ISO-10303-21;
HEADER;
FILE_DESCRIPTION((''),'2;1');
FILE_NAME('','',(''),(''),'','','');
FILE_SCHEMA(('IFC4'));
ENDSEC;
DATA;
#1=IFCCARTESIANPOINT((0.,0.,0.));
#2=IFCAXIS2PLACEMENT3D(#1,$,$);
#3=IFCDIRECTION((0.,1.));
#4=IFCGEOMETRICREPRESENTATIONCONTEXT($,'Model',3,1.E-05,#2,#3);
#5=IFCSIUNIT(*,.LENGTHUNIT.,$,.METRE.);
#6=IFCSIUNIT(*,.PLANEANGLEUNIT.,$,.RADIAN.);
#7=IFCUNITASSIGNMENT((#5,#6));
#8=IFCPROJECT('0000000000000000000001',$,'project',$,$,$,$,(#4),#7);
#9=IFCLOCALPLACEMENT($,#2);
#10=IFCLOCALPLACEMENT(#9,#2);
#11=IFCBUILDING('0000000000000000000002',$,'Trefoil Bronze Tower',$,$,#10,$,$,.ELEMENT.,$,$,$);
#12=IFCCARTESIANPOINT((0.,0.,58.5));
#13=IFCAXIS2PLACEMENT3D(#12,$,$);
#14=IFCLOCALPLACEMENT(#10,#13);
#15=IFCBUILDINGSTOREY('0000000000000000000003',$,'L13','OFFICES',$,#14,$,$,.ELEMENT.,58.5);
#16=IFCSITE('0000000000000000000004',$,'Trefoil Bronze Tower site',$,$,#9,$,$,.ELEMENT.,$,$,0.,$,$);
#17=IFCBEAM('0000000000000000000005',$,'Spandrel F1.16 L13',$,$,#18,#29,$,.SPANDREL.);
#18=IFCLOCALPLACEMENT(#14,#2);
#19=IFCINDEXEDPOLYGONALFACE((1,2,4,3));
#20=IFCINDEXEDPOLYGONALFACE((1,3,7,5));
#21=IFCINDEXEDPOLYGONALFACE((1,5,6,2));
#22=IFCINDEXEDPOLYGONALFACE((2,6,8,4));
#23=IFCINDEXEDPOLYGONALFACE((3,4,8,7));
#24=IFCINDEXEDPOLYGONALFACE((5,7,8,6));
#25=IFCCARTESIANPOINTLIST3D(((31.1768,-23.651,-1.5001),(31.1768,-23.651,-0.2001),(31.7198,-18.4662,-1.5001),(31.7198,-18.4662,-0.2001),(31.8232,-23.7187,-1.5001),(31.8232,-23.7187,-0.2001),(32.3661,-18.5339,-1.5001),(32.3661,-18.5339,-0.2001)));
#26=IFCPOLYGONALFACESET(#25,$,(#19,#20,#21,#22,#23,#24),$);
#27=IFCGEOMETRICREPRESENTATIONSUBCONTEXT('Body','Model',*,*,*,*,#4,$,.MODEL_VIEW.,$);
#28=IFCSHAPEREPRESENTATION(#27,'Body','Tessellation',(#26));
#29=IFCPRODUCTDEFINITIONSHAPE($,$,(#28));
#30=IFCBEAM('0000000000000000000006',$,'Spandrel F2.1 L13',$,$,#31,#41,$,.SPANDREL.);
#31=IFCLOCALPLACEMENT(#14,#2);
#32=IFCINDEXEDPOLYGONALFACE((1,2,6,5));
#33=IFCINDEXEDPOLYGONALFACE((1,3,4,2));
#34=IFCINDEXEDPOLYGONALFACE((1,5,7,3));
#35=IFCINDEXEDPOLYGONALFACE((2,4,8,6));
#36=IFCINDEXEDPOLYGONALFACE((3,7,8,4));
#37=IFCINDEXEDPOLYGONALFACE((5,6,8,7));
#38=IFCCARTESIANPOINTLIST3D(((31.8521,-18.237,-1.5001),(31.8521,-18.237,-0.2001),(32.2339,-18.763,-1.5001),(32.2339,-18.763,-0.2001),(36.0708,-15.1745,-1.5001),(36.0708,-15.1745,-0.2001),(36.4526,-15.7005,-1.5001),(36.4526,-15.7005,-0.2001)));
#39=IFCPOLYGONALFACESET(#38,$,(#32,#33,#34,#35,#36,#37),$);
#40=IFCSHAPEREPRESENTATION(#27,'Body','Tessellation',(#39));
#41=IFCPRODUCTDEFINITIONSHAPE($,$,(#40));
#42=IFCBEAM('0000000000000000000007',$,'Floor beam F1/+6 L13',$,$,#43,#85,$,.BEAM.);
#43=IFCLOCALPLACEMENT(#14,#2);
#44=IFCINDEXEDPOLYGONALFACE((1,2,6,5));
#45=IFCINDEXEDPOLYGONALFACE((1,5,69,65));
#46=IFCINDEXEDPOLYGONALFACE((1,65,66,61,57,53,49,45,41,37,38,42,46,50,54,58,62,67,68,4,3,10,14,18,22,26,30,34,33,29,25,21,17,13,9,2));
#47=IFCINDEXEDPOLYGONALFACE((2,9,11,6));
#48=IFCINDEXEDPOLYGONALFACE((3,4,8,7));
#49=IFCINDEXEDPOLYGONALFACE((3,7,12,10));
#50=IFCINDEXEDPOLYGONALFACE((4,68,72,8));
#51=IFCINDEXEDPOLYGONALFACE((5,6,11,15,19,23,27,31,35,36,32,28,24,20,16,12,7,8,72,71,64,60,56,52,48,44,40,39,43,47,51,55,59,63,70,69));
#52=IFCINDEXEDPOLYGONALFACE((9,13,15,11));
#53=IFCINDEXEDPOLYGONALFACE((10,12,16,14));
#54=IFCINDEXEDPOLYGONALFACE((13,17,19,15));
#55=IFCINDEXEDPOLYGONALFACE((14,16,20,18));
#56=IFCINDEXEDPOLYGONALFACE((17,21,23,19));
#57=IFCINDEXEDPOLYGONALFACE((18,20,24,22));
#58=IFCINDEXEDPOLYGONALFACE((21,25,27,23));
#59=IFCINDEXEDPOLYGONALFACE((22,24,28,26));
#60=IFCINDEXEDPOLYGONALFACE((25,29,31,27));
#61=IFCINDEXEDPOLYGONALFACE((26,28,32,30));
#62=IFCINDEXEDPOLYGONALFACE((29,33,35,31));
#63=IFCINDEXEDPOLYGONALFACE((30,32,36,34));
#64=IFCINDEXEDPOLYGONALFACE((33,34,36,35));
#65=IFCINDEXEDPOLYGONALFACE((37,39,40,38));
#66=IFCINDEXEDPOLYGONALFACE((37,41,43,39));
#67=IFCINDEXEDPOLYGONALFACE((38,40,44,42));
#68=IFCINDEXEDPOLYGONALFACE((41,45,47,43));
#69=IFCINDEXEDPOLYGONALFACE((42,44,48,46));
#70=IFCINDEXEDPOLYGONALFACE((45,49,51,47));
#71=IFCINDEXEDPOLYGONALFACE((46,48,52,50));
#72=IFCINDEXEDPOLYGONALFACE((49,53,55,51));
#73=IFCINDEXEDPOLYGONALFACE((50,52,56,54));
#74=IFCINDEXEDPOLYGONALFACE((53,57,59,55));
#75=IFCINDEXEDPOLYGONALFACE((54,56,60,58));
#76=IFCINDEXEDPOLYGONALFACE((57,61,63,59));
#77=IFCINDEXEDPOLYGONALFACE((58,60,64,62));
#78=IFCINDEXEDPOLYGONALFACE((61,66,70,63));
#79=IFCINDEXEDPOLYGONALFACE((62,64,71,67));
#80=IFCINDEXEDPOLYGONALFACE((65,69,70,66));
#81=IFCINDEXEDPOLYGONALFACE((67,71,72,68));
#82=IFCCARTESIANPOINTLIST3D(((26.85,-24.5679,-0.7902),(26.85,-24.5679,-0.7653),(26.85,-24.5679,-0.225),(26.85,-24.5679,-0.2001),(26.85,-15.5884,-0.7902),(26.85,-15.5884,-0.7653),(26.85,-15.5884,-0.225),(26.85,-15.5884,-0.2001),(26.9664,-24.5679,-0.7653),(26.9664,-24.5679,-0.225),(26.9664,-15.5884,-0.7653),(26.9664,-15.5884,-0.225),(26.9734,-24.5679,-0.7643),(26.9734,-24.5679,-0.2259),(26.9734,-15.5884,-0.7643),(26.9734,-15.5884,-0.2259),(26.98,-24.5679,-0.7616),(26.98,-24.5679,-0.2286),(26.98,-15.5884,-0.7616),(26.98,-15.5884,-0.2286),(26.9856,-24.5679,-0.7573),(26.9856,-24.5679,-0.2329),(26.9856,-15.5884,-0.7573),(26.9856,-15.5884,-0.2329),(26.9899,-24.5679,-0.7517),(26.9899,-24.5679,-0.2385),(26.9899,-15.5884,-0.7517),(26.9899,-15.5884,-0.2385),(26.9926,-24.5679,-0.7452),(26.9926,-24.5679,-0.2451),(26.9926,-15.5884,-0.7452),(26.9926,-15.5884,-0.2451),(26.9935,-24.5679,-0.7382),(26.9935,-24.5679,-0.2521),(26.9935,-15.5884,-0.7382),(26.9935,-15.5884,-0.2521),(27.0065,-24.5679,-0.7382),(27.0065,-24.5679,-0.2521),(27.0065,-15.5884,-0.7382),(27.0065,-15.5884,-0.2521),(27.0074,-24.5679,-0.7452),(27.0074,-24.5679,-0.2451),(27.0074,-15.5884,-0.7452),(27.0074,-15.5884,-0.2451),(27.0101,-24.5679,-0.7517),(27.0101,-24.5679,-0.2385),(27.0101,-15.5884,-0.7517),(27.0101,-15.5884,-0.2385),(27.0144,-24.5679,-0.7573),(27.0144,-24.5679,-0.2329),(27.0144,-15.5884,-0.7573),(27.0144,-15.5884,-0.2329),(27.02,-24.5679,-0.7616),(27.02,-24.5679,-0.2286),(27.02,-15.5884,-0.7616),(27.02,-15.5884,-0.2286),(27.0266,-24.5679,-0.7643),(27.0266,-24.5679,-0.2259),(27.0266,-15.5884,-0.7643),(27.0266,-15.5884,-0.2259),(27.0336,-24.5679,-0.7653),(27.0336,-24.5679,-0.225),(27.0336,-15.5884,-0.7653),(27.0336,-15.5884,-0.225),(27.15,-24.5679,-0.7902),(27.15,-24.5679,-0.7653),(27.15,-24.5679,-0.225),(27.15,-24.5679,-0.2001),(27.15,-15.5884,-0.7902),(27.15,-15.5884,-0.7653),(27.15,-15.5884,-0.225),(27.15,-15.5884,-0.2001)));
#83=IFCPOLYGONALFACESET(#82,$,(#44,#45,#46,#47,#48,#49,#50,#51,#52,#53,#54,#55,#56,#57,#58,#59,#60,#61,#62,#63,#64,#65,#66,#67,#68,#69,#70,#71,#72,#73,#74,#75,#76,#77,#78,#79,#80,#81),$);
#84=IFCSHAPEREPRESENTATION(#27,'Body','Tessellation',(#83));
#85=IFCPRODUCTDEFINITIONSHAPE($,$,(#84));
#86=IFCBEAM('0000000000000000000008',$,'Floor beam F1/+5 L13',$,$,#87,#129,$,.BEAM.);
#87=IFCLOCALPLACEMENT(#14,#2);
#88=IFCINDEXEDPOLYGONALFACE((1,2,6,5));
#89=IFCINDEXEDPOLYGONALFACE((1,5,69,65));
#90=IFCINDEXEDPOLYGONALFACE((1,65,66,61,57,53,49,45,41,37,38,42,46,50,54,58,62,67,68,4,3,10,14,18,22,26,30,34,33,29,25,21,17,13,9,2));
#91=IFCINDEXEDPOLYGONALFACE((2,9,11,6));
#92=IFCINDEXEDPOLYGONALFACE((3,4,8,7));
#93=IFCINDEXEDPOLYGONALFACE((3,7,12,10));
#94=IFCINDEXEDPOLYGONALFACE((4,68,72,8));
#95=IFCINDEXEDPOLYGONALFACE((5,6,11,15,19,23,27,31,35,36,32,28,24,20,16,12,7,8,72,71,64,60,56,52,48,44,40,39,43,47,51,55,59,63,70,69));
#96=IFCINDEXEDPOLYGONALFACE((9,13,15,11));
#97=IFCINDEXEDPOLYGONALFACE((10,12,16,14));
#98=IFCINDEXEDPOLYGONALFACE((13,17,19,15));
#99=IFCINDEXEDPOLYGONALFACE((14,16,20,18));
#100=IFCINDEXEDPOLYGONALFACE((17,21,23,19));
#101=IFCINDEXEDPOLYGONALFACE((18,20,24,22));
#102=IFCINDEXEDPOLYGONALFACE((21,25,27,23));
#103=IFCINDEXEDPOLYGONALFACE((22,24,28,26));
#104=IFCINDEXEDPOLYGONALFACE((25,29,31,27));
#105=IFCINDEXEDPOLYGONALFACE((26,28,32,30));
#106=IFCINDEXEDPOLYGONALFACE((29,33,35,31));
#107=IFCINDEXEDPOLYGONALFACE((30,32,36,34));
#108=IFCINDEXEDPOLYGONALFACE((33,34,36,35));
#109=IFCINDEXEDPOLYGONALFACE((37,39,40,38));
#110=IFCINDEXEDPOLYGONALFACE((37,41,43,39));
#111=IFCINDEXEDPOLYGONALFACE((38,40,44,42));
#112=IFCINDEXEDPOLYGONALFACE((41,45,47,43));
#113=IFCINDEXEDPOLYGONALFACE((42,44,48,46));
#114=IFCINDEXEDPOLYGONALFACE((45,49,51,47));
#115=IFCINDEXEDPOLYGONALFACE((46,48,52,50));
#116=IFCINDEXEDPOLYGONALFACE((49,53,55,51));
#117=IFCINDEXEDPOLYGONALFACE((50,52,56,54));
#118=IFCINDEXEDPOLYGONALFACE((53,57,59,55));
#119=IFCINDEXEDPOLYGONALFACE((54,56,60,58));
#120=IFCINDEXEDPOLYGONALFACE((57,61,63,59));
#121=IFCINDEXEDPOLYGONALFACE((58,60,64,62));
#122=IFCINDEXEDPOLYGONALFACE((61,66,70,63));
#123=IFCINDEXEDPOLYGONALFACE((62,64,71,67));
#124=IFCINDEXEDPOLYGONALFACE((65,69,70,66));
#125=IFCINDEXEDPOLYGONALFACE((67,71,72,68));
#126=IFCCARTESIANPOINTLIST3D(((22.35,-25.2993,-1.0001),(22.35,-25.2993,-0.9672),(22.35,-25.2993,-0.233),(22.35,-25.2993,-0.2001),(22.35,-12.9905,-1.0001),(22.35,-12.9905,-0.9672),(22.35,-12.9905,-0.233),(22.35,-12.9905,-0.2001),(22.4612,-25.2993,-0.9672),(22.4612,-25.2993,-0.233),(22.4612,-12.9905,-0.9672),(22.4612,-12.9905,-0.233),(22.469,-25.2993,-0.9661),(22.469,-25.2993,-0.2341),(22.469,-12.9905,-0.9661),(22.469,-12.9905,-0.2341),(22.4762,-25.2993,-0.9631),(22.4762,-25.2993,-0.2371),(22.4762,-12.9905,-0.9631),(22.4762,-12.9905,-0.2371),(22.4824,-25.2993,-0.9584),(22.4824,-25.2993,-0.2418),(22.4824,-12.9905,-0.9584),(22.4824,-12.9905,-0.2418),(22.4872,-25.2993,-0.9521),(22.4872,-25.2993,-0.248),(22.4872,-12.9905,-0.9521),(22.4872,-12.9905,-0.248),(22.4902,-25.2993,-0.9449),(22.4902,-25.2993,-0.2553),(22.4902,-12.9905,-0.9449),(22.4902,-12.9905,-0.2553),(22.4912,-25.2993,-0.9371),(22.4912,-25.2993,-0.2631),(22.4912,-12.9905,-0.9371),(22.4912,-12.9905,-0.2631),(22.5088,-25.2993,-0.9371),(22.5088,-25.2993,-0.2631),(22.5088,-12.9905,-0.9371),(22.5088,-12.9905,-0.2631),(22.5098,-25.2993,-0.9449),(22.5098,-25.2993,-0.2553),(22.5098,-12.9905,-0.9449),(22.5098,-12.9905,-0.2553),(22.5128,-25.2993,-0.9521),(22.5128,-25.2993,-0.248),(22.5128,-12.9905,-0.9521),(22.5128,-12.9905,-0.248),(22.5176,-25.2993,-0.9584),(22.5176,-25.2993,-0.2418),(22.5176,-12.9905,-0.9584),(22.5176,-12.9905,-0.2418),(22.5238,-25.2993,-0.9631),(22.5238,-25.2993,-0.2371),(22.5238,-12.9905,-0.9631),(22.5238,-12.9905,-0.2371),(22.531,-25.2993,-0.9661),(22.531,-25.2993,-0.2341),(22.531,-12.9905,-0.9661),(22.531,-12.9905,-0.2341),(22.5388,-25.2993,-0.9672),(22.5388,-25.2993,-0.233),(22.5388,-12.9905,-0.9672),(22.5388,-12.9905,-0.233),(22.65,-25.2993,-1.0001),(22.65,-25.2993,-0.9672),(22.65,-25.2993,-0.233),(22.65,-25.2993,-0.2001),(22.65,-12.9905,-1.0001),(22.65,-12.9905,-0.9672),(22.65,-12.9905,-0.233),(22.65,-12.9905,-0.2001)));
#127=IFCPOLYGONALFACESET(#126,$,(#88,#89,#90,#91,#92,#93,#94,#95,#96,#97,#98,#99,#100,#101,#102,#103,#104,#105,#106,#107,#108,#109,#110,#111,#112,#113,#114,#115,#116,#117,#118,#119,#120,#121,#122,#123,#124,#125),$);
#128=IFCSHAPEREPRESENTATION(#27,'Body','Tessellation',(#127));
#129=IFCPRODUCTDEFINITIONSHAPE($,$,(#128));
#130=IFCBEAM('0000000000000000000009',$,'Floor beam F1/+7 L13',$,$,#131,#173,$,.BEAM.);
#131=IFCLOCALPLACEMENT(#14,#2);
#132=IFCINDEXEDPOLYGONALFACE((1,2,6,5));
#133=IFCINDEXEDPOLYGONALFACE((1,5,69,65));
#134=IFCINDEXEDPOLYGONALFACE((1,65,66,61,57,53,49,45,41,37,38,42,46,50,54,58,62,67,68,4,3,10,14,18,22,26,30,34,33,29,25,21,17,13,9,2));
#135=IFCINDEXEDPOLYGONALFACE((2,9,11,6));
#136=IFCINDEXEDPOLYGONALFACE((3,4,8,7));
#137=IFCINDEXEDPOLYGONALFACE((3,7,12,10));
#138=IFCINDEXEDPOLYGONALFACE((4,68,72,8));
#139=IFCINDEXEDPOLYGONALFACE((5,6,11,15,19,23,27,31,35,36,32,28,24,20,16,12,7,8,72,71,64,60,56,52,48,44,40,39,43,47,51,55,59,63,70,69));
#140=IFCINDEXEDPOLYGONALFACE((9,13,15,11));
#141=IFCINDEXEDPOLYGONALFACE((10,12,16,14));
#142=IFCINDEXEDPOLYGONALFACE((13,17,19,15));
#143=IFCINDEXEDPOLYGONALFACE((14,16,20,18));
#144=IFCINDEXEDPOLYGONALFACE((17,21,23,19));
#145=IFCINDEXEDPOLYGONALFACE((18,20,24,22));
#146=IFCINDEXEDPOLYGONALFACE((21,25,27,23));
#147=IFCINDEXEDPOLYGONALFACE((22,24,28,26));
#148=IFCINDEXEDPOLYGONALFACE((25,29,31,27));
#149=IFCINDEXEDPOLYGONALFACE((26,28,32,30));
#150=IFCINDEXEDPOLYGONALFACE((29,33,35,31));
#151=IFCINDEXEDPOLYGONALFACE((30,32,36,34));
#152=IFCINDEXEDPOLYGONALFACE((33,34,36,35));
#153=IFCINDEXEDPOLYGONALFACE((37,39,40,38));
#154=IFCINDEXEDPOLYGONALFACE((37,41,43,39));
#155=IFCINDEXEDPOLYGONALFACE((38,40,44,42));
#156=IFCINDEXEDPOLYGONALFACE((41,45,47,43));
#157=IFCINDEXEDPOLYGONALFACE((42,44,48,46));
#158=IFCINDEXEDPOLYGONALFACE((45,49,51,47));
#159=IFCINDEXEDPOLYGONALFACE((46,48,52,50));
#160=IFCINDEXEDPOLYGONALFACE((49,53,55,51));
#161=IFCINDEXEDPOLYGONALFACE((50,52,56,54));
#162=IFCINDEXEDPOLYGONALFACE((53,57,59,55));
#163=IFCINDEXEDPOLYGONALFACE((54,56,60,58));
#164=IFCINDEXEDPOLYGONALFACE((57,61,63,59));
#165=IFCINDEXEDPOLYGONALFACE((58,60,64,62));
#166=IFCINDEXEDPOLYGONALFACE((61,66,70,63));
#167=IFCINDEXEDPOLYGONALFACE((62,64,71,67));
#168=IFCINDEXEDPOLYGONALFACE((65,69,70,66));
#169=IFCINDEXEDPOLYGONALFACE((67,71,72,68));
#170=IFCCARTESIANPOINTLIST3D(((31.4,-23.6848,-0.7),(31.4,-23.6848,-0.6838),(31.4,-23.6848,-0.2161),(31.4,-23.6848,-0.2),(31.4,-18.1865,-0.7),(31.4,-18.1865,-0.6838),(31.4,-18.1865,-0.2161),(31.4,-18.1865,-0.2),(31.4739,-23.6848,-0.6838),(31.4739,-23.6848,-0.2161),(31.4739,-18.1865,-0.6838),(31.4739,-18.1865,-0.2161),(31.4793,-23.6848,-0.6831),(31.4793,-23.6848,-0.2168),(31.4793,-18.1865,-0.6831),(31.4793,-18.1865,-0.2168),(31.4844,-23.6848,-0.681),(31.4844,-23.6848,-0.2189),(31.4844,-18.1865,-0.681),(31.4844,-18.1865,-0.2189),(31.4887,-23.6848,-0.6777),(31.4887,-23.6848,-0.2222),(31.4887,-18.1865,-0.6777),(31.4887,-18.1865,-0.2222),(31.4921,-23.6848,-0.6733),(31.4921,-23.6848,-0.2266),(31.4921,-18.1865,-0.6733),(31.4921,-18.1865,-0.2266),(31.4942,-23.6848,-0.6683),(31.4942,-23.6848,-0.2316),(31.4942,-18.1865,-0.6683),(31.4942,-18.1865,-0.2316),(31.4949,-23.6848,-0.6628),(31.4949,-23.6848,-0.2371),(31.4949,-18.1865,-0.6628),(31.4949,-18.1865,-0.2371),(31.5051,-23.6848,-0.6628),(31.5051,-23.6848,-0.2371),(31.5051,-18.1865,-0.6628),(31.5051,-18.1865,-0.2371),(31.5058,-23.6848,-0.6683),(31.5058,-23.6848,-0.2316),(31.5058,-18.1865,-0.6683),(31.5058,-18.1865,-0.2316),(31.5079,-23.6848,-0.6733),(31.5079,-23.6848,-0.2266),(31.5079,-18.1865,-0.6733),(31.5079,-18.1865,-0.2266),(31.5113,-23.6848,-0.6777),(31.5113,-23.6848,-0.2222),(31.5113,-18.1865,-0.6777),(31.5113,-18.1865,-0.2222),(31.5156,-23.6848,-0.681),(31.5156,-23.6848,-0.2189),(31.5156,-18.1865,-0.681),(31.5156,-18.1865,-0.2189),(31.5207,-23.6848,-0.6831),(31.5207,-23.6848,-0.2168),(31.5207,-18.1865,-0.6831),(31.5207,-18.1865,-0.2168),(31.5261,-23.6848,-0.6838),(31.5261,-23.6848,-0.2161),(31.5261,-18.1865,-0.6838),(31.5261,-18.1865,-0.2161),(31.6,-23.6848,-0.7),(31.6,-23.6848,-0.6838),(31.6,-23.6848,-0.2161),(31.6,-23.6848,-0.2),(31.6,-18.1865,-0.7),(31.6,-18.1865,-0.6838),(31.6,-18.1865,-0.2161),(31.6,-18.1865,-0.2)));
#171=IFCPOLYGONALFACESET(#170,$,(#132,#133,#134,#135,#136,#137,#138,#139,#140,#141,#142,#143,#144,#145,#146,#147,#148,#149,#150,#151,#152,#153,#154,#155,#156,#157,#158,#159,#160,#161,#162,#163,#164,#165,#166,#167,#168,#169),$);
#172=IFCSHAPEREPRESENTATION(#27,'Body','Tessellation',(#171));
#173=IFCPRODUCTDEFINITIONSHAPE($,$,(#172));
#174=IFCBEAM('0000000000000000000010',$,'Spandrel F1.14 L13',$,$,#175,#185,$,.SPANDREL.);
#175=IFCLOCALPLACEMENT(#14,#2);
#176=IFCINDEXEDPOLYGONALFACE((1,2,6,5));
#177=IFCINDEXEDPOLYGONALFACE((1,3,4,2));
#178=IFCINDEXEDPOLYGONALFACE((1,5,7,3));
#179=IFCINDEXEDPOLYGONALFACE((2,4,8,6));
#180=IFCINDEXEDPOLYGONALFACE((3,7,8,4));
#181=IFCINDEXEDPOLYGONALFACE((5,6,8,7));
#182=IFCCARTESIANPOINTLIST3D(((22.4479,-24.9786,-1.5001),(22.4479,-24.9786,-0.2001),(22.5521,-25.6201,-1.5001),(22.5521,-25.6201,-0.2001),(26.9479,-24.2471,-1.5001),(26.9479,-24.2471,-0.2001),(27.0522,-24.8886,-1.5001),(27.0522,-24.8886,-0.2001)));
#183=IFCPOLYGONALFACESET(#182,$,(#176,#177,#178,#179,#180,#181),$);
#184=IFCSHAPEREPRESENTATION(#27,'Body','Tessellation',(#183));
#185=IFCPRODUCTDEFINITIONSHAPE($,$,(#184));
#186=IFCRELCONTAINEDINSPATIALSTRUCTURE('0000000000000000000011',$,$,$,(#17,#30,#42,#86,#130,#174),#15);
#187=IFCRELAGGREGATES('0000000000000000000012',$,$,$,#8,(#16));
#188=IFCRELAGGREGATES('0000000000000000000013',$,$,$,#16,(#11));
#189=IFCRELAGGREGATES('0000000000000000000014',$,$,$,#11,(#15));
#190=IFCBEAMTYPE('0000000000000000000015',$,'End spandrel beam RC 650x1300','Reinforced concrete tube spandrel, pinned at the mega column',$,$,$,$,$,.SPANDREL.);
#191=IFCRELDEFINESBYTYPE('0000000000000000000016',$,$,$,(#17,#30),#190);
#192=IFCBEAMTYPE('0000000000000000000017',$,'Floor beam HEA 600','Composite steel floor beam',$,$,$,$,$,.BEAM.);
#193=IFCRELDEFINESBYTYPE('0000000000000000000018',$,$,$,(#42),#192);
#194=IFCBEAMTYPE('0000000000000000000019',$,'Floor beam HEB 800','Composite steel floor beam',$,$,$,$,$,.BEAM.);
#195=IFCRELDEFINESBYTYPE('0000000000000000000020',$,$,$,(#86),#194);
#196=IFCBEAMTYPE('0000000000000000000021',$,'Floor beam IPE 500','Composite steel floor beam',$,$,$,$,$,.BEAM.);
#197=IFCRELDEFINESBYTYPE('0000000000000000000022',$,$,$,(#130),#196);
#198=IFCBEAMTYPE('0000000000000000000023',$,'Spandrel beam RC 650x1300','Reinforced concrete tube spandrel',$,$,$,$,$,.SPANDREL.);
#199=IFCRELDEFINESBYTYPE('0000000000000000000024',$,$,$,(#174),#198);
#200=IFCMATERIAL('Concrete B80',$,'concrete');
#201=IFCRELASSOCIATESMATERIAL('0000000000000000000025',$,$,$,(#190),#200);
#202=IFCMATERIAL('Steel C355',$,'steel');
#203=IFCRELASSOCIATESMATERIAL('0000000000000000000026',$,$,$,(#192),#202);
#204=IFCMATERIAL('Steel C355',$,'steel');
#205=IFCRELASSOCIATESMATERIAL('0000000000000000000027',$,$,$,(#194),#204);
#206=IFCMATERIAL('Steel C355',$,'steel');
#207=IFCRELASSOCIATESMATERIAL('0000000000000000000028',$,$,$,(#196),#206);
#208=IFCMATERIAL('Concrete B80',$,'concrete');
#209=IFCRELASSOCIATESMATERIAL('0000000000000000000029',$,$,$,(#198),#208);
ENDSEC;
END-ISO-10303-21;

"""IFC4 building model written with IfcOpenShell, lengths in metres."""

from ifc_helpers import new_model, si_unit, direction, frame, origin, origin_2d, place, context, subcontext, project, spatial, rectangle, i_section, extrude, material, material_profile, profile_set, type_object, element, save


model = new_model("IFC4")

# Units and contexts
model_context = context("Model", 3, precision=1e-05, world=origin(), true_north=direction((0.0, 1.0)))
body_context = subcontext(model_context, "Body", "Model", "MODEL_VIEW")
ifc_project = project(units=[si_unit("LENGTHUNIT", "METRE"), si_unit("PLANEANGLEUNIT", "RADIAN")], contexts=[model_context])

# Site, building, storey
site_placement = place(None, origin())
site = spatial("IfcSite", under=ifc_project, at=site_placement, Name="Trefoil Bronze Tower site", CompositionType="ELEMENT", RefElevation=0.0)
building_placement = place(site_placement, origin())
building = spatial("IfcBuilding", under=site, at=building_placement, Name="Trefoil Bronze Tower", CompositionType="ELEMENT")
storey_placement = place(building_placement, frame((0.0, 0.0, 58.5)))
storey = spatial("IfcBuildingStorey", under=building, at=storey_placement, Name="L13", Description="OFFICES", CompositionType="ELEMENT", Elevation=58.5)

# Beams
ifc_material_1 = material(Name="Concrete B80", Category="concrete")
ifc_material_profile_1 = material_profile(ifc_material_1, rectangle(XDim=0.6499, YDim=1.3, at=origin_2d()), Name="RC 650x1300")
ifc_profile_set_1 = profile_set([ifc_material_profile_1], Name="Concrete B80")
beam_type_1 = type_object("IfcBeamType", Name="End spandrel beam RC 650x1300", Description="Reinforced concrete tube spandrel, pinned at the mega column", PredefinedType="SPANDREL", material=ifc_profile_set_1)
for number, where, z_axis, x_axis, name in (
    (1, (31.5, -23.6848, -0.8501), (0.104153, 0.994561, 0.0), (-0.994561, 0.104153, 0.0), "Spandrel F1.16 L13"),
    (2, (32.043, -18.5, -0.8501), (0.809254, 0.587459, 0.0), (-0.587459, 0.809254, 0.0), "Spandrel F2.1 L13"),
):
    element("IfcBeam", number, at=place(storey_placement, frame(where, z_axis=z_axis, x_axis=x_axis)), inside=storey, type_object=beam_type_1, Name=name, PredefinedType="SPANDREL", context=body_context, shape_type="SweptSolid", body=[
        extrude(rectangle(XDim=0.6499, YDim=1.3, at=origin_2d()), origin(), (0.0, 0.0, 1.0), 5.2131),
    ])
ifc_material_2 = material(Name="Steel C355", Category="steel")
ifc_material_profile_2 = material_profile(ifc_material_2, i_section(OverallWidth=0.3, OverallDepth=0.5901, WebThickness=0.0129, FlangeThickness=0.0249, FilletRadius=0.0271, at=origin_2d()), Name="HEA 600")
ifc_profile_set_2 = profile_set([ifc_material_profile_2], Name="Steel C355")
beam_type_2 = type_object("IfcBeamType", Name="Floor beam HEA 600", Description="Composite steel floor beam", PredefinedType="BEAM", material=ifc_profile_set_2)
beam_1_placement = place(storey_placement, frame((27.0, -24.5679, -0.4951), z_axis=(0.0, 1.0, 0.0), x_axis=(-1.0, 0.0, 0.0)))
element("IfcBeam", 3, at=beam_1_placement, inside=storey, type_object=beam_type_2, Name="Floor beam F1/+6 L13", PredefinedType="BEAM", context=body_context, shape_type="SweptSolid", body=[
    extrude(i_section(OverallWidth=0.3, OverallDepth=0.5901, WebThickness=0.0129, FlangeThickness=0.0249, FilletRadius=0.0271, at=origin_2d()), origin(), (0.0, 0.0, 1.0), 8.9795),
])
ifc_material_3 = material(Name="Steel C355", Category="steel")
ifc_material_profile_3 = material_profile(ifc_material_3, i_section(OverallWidth=0.3, OverallDepth=0.8, WebThickness=0.0176, FlangeThickness=0.033, FilletRadius=0.03, at=origin_2d()), Name="HEB 800")
ifc_profile_set_3 = profile_set([ifc_material_profile_3], Name="Steel C355")
beam_type_3 = type_object("IfcBeamType", Name="Floor beam HEB 800", Description="Composite steel floor beam", PredefinedType="BEAM", material=ifc_profile_set_3)
beam_2_placement = place(storey_placement, frame((22.5, -25.2993, -0.6001), z_axis=(0.0, 1.0, 0.0), x_axis=(-1.0, 0.0, 0.0)))
element("IfcBeam", 4, at=beam_2_placement, inside=storey, type_object=beam_type_3, Name="Floor beam F1/+5 L13", PredefinedType="BEAM", context=body_context, shape_type="SweptSolid", body=[
    extrude(i_section(OverallWidth=0.3, OverallDepth=0.8, WebThickness=0.0176, FlangeThickness=0.033, FilletRadius=0.03, at=origin_2d()), origin(), (0.0, 0.0, 1.0), 12.3088),
])
ifc_material_4 = material(Name="Steel C355", Category="steel")
ifc_material_profile_4 = material_profile(ifc_material_4, i_section(OverallWidth=0.2, OverallDepth=0.5, WebThickness=0.0103, FlangeThickness=0.0161, FilletRadius=0.021, at=origin_2d()), Name="IPE 500")
ifc_profile_set_4 = profile_set([ifc_material_profile_4], Name="Steel C355")
beam_type_4 = type_object("IfcBeamType", Name="Floor beam IPE 500", Description="Composite steel floor beam", PredefinedType="BEAM", material=ifc_profile_set_4)
beam_3_placement = place(storey_placement, frame((31.5, -23.6848, -0.45), z_axis=(0.0, 1.0, 0.0), x_axis=(-1.0, 0.0, 0.0)))
element("IfcBeam", 5, at=beam_3_placement, inside=storey, type_object=beam_type_4, Name="Floor beam F1/+7 L13", PredefinedType="BEAM", context=body_context, shape_type="SweptSolid", body=[
    extrude(i_section(OverallWidth=0.2, OverallDepth=0.5, WebThickness=0.0103, FlangeThickness=0.0161, FilletRadius=0.021, at=origin_2d()), origin(), (0.0, 0.0, 1.0), 5.4983),
])
ifc_material_5 = material(Name="Concrete B80", Category="concrete")
ifc_material_profile_5 = material_profile(ifc_material_5, rectangle(XDim=0.6499, YDim=1.3, at=origin_2d()), Name="RC 650x1300")
ifc_profile_set_5 = profile_set([ifc_material_profile_5], Name="Concrete B80")
beam_type_5 = type_object("IfcBeamType", Name="Spandrel beam RC 650x1300", Description="Reinforced concrete tube spandrel", PredefinedType="SPANDREL", material=ifc_profile_set_5)
beam_4_placement = place(storey_placement, frame((22.5, -25.2993, -0.8501), z_axis=(0.987046, 0.160438, 0.0), x_axis=(-0.160438, 0.987046, 0.0)))
element("IfcBeam", 6, at=beam_4_placement, inside=storey, type_object=beam_type_5, Name="Spandrel F1.14 L13", PredefinedType="SPANDREL", context=body_context, shape_type="SweptSolid", body=[
    extrude(rectangle(XDim=0.6499, YDim=1.3, at=origin_2d()), origin(), (0.0, 0.0, 1.0), 4.5591),
])

save(model, "model.ifc")
